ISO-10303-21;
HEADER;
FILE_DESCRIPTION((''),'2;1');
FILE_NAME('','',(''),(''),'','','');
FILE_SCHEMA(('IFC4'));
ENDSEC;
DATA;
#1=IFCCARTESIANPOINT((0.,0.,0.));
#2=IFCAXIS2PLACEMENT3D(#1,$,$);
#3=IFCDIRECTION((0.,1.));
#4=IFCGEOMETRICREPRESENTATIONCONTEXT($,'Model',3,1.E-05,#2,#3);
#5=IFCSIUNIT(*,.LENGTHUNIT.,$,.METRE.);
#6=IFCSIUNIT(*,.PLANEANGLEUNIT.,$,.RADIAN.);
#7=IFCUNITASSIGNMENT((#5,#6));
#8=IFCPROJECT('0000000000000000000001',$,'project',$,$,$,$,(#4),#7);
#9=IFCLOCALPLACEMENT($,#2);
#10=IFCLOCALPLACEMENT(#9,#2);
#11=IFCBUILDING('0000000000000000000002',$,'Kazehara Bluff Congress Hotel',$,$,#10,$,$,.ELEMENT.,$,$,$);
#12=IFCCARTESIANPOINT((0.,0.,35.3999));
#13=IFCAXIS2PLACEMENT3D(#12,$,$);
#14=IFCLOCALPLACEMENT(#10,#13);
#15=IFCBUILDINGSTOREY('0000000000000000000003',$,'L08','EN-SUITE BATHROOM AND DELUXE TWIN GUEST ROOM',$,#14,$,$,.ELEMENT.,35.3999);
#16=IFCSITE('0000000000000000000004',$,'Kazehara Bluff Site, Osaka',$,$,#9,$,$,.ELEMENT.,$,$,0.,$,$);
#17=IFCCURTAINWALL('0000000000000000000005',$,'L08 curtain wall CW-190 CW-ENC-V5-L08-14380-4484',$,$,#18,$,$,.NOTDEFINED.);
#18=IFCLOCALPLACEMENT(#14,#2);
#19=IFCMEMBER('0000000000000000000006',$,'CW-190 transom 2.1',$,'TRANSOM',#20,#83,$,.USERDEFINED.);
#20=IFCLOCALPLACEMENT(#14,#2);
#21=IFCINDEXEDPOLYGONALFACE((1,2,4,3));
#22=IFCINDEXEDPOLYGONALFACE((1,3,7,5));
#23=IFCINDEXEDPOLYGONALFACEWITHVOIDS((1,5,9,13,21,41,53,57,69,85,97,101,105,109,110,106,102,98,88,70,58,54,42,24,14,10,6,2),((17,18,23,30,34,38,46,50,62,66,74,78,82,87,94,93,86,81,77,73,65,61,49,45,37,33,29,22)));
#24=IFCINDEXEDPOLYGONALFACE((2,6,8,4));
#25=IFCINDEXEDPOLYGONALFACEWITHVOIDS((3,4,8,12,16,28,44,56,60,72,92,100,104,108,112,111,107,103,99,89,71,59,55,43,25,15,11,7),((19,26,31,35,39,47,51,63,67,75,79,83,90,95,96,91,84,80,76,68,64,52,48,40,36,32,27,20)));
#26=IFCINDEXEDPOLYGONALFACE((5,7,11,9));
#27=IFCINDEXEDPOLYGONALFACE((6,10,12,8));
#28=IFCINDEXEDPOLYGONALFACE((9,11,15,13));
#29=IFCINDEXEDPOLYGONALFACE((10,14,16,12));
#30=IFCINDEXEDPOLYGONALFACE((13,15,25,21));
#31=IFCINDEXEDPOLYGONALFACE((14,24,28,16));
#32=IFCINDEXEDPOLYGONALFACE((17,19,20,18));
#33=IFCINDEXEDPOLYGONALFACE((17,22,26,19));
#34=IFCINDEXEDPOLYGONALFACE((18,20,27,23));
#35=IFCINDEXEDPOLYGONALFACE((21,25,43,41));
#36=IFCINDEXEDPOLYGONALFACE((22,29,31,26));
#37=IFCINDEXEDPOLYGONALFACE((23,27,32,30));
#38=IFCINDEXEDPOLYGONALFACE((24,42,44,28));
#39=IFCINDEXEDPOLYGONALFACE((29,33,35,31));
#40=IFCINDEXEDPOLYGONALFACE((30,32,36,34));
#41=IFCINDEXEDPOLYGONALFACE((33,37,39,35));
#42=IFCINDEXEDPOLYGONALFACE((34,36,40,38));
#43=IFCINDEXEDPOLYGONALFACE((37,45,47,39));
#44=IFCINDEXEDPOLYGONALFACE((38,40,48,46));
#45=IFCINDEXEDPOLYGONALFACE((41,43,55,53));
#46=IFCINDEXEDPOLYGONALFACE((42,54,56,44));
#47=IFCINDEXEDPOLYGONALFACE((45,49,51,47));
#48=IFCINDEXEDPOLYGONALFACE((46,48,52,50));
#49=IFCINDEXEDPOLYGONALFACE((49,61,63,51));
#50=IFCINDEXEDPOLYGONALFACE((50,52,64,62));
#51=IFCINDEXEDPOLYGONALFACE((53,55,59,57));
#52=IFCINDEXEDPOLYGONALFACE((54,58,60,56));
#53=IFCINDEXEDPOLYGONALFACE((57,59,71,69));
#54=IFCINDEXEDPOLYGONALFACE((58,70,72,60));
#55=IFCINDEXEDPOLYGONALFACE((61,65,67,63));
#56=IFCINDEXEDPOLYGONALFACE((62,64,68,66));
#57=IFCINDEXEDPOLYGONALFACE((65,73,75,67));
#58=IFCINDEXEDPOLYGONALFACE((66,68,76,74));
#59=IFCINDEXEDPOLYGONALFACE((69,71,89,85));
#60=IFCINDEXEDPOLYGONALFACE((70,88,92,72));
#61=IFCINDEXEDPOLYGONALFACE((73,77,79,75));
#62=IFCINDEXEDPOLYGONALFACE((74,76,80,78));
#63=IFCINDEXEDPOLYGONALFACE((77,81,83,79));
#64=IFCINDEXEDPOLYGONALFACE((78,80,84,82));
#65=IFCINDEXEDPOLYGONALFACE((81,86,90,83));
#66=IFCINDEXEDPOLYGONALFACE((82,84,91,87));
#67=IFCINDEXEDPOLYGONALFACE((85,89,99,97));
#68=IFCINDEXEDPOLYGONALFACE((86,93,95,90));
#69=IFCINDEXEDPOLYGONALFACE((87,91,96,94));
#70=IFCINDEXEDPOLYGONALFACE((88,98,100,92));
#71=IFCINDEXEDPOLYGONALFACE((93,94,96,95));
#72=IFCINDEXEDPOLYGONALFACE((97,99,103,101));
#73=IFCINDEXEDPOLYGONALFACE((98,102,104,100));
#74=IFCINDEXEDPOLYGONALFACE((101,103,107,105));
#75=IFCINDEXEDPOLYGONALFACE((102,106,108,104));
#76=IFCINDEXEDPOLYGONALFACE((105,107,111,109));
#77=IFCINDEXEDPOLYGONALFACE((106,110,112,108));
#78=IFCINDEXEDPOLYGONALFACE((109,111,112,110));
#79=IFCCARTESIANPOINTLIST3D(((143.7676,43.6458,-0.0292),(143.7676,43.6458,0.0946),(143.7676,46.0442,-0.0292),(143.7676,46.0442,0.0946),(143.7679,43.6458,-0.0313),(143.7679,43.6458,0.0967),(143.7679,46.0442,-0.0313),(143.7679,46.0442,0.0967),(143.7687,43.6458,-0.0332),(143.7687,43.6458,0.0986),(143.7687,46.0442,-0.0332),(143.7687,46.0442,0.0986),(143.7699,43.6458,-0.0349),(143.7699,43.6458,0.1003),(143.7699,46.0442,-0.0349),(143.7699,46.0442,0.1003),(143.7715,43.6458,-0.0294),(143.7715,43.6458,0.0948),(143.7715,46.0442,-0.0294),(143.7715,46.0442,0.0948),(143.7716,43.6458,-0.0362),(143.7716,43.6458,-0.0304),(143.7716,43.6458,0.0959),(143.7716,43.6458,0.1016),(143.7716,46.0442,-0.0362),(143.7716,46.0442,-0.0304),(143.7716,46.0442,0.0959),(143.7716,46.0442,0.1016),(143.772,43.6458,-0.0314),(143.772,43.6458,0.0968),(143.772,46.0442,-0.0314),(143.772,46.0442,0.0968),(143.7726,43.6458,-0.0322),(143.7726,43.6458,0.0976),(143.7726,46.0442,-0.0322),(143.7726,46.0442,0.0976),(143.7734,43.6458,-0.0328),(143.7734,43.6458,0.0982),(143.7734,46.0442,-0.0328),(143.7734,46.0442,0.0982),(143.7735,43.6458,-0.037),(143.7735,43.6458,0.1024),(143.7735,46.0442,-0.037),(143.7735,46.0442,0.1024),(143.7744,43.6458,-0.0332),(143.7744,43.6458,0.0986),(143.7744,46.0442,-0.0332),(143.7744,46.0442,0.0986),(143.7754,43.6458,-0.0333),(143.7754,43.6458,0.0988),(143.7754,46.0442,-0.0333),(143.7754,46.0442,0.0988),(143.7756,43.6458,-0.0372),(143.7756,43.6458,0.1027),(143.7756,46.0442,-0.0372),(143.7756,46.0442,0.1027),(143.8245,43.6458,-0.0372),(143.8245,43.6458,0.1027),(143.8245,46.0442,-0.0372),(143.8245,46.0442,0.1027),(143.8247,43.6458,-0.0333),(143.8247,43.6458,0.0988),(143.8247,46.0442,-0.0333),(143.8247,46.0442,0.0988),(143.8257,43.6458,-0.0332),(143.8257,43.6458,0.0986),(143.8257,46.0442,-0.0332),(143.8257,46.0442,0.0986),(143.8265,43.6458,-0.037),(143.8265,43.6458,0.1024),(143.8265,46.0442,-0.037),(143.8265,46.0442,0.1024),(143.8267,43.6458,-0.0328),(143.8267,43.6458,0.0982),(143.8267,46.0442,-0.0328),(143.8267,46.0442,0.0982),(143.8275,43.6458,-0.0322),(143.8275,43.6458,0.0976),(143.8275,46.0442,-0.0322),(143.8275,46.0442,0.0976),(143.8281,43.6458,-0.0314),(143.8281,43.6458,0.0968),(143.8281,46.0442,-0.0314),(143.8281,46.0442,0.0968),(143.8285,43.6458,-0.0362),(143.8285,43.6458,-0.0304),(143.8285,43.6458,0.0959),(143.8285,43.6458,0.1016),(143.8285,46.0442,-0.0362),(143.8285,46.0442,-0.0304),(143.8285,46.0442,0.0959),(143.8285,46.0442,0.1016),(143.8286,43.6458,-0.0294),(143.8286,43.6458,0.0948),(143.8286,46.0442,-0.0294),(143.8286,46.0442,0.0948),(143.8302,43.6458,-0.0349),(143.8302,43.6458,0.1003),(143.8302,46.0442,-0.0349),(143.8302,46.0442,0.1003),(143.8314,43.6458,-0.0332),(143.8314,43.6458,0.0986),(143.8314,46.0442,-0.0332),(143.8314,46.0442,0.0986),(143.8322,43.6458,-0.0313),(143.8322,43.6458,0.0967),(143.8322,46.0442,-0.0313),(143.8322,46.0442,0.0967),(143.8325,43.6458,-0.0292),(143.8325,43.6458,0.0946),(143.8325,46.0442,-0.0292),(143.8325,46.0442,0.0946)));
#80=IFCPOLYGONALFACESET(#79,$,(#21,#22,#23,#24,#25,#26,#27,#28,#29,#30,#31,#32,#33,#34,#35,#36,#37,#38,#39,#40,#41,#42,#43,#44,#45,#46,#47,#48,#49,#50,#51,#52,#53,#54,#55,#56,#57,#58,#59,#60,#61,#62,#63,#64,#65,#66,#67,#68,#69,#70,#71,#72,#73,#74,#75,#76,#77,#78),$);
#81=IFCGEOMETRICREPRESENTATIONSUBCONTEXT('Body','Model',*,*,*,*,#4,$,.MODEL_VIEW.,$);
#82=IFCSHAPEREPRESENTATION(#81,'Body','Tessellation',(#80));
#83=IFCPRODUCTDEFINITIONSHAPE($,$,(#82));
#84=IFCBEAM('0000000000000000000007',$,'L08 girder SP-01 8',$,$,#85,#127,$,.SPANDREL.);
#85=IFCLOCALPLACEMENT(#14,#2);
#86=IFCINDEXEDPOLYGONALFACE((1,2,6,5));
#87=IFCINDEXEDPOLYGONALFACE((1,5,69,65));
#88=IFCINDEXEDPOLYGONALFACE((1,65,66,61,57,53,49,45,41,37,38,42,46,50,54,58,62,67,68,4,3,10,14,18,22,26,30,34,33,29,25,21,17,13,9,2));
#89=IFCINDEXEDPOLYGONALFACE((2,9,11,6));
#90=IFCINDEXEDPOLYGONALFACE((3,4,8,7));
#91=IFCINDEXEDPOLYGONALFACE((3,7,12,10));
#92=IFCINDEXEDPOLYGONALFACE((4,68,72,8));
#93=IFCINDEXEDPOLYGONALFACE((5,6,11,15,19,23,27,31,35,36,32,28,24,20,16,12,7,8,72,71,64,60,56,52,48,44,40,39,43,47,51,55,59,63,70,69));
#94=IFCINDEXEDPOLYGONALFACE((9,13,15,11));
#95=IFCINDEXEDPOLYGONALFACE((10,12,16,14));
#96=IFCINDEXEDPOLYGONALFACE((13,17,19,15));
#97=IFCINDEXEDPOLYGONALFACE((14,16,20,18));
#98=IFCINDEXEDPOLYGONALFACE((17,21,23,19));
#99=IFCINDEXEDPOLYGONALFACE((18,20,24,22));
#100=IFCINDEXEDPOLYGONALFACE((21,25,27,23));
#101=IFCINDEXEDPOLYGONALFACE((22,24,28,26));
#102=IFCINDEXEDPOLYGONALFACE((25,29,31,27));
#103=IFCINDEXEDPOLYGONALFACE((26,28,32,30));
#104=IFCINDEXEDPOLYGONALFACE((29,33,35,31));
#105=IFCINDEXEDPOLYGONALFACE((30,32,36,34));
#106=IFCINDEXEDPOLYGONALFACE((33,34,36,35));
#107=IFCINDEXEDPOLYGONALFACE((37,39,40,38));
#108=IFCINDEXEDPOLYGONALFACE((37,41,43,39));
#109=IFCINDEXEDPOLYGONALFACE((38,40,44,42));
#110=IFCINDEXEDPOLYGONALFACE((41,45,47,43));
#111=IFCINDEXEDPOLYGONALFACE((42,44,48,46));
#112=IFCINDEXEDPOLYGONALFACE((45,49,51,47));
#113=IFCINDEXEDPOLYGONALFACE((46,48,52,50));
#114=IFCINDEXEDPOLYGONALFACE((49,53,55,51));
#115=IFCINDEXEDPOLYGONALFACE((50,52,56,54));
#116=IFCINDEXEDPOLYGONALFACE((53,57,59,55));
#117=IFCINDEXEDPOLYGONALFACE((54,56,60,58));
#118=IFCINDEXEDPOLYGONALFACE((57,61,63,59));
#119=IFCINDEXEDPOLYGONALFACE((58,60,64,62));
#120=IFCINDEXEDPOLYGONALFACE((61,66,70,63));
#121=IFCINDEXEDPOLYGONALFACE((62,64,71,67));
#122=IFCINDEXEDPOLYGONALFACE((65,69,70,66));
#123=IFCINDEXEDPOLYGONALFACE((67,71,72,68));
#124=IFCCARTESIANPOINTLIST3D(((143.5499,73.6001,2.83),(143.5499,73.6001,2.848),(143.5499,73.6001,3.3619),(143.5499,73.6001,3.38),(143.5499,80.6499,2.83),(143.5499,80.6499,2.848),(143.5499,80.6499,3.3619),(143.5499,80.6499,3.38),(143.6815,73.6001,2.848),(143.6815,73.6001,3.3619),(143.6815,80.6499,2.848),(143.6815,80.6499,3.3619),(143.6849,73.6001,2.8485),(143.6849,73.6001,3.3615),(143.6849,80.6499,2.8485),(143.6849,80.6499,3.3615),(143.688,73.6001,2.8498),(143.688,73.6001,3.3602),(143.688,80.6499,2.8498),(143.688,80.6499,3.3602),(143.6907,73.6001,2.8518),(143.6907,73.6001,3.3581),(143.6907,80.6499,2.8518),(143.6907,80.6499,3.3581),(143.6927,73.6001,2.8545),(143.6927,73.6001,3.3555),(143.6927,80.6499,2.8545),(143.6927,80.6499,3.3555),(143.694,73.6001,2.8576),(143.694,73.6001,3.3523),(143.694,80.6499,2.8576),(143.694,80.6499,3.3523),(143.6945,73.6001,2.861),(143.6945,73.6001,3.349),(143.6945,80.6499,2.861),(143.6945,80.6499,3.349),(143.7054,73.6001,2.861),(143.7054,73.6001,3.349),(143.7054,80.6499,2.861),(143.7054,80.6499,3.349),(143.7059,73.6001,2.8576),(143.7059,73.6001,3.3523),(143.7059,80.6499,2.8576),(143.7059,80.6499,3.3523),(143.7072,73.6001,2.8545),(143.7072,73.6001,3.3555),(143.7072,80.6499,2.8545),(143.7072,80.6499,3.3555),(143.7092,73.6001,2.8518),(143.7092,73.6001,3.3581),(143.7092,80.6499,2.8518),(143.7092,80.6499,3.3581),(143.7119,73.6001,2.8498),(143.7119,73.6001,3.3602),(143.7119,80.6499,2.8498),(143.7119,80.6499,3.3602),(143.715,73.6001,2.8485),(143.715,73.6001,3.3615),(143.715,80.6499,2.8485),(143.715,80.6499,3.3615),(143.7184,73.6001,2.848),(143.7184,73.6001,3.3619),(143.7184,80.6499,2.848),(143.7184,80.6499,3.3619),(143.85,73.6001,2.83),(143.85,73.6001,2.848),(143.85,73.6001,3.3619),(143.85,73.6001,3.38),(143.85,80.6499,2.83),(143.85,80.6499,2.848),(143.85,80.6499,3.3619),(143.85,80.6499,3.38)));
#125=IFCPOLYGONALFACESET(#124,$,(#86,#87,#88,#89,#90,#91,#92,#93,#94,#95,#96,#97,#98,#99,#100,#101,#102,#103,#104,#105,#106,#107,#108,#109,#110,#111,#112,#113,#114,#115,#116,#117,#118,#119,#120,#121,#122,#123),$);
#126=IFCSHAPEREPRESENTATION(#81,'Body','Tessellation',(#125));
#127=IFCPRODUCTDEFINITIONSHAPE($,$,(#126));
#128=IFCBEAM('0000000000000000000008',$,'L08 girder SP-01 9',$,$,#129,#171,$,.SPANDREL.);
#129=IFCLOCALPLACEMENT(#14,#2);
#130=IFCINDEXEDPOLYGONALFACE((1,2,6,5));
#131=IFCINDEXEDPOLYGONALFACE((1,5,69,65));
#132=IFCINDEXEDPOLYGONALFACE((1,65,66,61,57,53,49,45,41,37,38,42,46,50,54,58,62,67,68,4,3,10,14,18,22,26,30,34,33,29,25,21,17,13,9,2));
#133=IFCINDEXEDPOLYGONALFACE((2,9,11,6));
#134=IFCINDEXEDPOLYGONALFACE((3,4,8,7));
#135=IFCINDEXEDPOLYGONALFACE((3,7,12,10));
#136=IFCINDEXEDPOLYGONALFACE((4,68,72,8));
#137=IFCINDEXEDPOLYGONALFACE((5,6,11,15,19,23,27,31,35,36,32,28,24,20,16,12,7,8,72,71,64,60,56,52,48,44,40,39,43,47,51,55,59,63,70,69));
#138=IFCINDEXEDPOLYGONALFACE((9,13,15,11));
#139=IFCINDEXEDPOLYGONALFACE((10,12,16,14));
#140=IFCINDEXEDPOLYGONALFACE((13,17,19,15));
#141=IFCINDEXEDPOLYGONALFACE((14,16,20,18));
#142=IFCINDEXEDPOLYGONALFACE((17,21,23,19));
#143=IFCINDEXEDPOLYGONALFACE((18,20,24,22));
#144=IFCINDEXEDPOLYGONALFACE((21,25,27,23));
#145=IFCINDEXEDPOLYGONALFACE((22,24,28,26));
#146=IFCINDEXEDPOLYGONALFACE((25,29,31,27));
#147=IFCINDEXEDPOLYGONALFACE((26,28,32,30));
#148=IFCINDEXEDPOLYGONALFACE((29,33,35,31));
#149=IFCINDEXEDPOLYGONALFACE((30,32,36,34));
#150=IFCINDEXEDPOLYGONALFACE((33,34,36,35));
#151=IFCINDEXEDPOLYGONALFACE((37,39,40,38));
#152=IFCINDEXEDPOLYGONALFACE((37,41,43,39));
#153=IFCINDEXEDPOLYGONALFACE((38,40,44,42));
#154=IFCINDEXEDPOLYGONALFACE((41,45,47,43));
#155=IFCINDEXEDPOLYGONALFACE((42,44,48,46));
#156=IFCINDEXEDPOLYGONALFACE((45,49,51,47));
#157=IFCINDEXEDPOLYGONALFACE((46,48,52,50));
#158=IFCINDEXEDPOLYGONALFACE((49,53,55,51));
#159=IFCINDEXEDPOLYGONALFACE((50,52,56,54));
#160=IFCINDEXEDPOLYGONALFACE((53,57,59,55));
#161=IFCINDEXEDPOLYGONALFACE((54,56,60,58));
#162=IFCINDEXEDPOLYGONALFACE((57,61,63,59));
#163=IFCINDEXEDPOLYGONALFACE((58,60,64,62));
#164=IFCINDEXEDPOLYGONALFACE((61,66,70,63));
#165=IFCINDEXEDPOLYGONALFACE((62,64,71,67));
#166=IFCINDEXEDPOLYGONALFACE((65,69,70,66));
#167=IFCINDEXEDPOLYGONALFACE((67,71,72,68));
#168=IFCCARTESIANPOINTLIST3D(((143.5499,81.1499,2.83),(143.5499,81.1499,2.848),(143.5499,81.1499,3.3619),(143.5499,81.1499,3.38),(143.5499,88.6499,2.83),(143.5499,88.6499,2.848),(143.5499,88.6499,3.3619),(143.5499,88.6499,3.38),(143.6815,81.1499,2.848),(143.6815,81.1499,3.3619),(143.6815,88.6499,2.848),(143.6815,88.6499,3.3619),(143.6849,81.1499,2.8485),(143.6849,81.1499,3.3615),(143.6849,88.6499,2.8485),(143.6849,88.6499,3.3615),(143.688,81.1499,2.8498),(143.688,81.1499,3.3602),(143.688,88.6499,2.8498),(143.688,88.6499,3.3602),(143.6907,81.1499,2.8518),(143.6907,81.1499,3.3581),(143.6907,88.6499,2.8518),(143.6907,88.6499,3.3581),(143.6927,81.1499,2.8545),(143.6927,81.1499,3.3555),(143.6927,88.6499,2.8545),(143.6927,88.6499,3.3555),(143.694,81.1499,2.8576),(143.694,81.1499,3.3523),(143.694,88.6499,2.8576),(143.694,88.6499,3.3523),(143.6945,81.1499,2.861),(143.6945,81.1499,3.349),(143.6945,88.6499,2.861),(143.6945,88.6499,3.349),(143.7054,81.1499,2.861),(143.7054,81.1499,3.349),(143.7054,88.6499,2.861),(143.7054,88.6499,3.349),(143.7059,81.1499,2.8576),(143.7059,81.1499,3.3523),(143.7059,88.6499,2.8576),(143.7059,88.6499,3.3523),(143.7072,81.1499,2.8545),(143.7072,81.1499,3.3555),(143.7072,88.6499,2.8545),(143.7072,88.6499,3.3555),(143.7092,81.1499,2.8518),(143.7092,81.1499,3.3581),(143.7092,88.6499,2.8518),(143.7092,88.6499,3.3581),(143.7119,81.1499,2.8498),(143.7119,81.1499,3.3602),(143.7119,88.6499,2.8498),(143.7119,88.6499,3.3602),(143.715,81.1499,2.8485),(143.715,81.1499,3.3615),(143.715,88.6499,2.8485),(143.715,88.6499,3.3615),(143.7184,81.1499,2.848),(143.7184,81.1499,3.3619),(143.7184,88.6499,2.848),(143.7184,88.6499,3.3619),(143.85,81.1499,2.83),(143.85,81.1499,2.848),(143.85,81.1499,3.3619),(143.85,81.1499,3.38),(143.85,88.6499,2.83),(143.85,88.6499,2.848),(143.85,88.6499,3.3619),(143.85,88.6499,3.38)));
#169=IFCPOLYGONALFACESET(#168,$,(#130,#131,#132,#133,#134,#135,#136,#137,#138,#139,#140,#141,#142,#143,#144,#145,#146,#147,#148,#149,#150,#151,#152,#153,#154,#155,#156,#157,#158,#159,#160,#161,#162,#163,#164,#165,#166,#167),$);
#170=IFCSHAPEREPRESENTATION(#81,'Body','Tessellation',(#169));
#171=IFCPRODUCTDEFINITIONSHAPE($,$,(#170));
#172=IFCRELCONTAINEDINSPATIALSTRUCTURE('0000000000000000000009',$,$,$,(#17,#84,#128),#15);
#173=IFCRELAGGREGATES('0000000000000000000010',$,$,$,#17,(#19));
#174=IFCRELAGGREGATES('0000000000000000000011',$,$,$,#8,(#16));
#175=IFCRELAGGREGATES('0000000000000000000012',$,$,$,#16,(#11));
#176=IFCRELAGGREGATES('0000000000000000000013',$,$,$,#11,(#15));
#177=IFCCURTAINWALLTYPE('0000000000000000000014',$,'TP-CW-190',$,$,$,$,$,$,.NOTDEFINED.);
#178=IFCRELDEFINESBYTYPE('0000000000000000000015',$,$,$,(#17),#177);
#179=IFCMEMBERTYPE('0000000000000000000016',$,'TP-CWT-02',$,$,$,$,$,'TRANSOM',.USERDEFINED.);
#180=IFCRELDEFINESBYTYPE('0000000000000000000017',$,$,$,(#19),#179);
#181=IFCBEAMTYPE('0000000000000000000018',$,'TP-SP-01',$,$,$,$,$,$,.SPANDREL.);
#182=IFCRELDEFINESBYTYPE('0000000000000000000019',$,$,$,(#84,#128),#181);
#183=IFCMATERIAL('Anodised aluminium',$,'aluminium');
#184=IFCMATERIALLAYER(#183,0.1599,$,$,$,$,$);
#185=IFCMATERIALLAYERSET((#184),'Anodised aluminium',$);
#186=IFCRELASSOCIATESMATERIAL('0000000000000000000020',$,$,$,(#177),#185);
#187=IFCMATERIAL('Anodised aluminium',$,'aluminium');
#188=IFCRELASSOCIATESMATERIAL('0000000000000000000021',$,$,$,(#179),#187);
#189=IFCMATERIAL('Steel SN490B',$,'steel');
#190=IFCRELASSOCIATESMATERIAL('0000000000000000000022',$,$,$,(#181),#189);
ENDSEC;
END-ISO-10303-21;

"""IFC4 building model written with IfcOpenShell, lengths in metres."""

from ifc_helpers import new_model, si_unit, direction, frame, origin, origin_2d, place, context, subcontext, project, spatial, hollow_rectangle, i_section, extrude, material, layer, layer_set, material_profile, profile_set, type_object, element, aggregate, save


model = new_model("IFC4")

# Units and contexts
model_context = context("Model", 3, precision=1e-05, world=origin(), true_north=direction((0.0, 1.0)))
body_context = subcontext(model_context, "Body", "Model", "MODEL_VIEW")
ifc_project = project(units=[si_unit("LENGTHUNIT", "METRE"), si_unit("PLANEANGLEUNIT", "RADIAN")], contexts=[model_context])

# Site, building, storey
site_placement = place(None, origin())
site = spatial("IfcSite", under=ifc_project, at=site_placement, Name="Kazehara Bluff Site, Osaka", CompositionType="ELEMENT", RefElevation=0.0)
building_placement = place(site_placement, origin())
building = spatial("IfcBuilding", under=site, at=building_placement, Name="Kazehara Bluff Congress Hotel", CompositionType="ELEMENT")
storey_placement = place(building_placement, frame((0.0, 0.0, 35.3999)))
storey = spatial("IfcBuildingStorey", under=building, at=storey_placement, Name="L08", Description="EN-SUITE BATHROOM AND DELUXE TWIN GUEST ROOM", CompositionType="ELEMENT", Elevation=35.3999)

# Curtain wall, member
ifc_material_1 = material(Name="Anodised aluminium", Category="aluminium")
ifc_layer_1 = layer(ifc_material_1, 0.1599)
ifc_layer_set_1 = layer_set([ifc_layer_1], Name="Anodised aluminium")
curtain_wall_type = type_object("IfcCurtainWallType", Name="TP-CW-190", PredefinedType="NOTDEFINED", material=ifc_layer_set_1)
curtain_wall_placement = place(storey_placement, origin())
curtain_wall = element("IfcCurtainWall", 1, at=curtain_wall_placement, inside=storey, type_object=curtain_wall_type, Name="L08 curtain wall CW-190 CW-ENC-V5-L08-14380-4484", PredefinedType="NOTDEFINED")
ifc_material_2 = material(Name="Anodised aluminium", Category="aluminium")
ifc_material_profile_1 = material_profile(ifc_material_2, hollow_rectangle(XDim=0.0649, YDim=0.1399, WallThickness=0.0039, InnerFilletRadius=0.0039, OuterFilletRadius=0.0081, at=origin_2d()))
ifc_profile_set_1 = profile_set([ifc_material_profile_1], Name="Anodised aluminium")
member_type_1 = type_object("IfcMemberType", Name="TP-CWT-02", ElementType="TRANSOM", PredefinedType="USERDEFINED", material=ifc_profile_set_1)
member_1_placement = place(storey_placement, frame((143.8, 43.6458, 0.0327), z_axis=(0.0, 1.0, 0.0), x_axis=(-1.0, 0.0, 0.0)))
member_1 = element("IfcMember", 2, at=member_1_placement, type_object=member_type_1, Name="CW-190 transom 2.1", ObjectType="TRANSOM", PredefinedType="USERDEFINED", context=body_context, shape_type="SweptSolid", body=[
    extrude(hollow_rectangle(XDim=0.0649, YDim=0.1399, WallThickness=0.0039, InnerFilletRadius=0.0039, OuterFilletRadius=0.0081, at=origin_2d()), origin(), (0.0, 0.0, 1.0), 2.3984),
])
aggregate(curtain_wall, [member_1])

# Beams
ifc_material_3 = material(Name="Steel SN490B", Category="steel")
ifc_material_profile_2 = material_profile(ifc_material_3, i_section(OverallWidth=0.3, OverallDepth=0.55, WebThickness=0.011, FlangeThickness=0.0181, FilletRadius=0.0129, at=origin_2d()))
ifc_profile_set_2 = profile_set([ifc_material_profile_2], Name="Steel SN490B")
beam_type = type_object("IfcBeamType", Name="TP-SP-01", PredefinedType="SPANDREL", material=ifc_profile_set_2)
beam_placement = place(storey_placement, frame((143.7, 73.6001, 3.105), z_axis=(0.0, 1.0, 0.0), x_axis=(-1.0, 0.0, 0.0)))
element("IfcBeam", 3, at=beam_placement, inside=storey, type_object=beam_type, Name="L08 girder SP-01 8", PredefinedType="SPANDREL", context=body_context, shape_type="SweptSolid", body=[
    extrude(i_section(OverallWidth=0.3, OverallDepth=0.55, WebThickness=0.011, FlangeThickness=0.0181, FilletRadius=0.0129, at=origin_2d()), origin(), (0.0, 0.0, 1.0), 7.0498),
])
for number, where, z_axis, x_axis, name in (
    (4, (143.7, 81.1499, 3.105), (0.0, 1.0, 0.0), (-1.0, 0.0, 0.0), "L08 girder SP-01 9"),
):
    element("IfcBeam", number, at=place(storey_placement, frame(where, z_axis=z_axis, x_axis=x_axis)), inside=storey, type_object=beam_type, Name=name, PredefinedType="SPANDREL", context=body_context, shape_type="SweptSolid", body=[
        extrude(i_section(OverallWidth=0.3, OverallDepth=0.55, WebThickness=0.011, FlangeThickness=0.0181, FilletRadius=0.0129, at=origin_2d()), origin(), (0.0, 0.0, 1.0), 7.5),
    ])

save(model, "model.ifc")
